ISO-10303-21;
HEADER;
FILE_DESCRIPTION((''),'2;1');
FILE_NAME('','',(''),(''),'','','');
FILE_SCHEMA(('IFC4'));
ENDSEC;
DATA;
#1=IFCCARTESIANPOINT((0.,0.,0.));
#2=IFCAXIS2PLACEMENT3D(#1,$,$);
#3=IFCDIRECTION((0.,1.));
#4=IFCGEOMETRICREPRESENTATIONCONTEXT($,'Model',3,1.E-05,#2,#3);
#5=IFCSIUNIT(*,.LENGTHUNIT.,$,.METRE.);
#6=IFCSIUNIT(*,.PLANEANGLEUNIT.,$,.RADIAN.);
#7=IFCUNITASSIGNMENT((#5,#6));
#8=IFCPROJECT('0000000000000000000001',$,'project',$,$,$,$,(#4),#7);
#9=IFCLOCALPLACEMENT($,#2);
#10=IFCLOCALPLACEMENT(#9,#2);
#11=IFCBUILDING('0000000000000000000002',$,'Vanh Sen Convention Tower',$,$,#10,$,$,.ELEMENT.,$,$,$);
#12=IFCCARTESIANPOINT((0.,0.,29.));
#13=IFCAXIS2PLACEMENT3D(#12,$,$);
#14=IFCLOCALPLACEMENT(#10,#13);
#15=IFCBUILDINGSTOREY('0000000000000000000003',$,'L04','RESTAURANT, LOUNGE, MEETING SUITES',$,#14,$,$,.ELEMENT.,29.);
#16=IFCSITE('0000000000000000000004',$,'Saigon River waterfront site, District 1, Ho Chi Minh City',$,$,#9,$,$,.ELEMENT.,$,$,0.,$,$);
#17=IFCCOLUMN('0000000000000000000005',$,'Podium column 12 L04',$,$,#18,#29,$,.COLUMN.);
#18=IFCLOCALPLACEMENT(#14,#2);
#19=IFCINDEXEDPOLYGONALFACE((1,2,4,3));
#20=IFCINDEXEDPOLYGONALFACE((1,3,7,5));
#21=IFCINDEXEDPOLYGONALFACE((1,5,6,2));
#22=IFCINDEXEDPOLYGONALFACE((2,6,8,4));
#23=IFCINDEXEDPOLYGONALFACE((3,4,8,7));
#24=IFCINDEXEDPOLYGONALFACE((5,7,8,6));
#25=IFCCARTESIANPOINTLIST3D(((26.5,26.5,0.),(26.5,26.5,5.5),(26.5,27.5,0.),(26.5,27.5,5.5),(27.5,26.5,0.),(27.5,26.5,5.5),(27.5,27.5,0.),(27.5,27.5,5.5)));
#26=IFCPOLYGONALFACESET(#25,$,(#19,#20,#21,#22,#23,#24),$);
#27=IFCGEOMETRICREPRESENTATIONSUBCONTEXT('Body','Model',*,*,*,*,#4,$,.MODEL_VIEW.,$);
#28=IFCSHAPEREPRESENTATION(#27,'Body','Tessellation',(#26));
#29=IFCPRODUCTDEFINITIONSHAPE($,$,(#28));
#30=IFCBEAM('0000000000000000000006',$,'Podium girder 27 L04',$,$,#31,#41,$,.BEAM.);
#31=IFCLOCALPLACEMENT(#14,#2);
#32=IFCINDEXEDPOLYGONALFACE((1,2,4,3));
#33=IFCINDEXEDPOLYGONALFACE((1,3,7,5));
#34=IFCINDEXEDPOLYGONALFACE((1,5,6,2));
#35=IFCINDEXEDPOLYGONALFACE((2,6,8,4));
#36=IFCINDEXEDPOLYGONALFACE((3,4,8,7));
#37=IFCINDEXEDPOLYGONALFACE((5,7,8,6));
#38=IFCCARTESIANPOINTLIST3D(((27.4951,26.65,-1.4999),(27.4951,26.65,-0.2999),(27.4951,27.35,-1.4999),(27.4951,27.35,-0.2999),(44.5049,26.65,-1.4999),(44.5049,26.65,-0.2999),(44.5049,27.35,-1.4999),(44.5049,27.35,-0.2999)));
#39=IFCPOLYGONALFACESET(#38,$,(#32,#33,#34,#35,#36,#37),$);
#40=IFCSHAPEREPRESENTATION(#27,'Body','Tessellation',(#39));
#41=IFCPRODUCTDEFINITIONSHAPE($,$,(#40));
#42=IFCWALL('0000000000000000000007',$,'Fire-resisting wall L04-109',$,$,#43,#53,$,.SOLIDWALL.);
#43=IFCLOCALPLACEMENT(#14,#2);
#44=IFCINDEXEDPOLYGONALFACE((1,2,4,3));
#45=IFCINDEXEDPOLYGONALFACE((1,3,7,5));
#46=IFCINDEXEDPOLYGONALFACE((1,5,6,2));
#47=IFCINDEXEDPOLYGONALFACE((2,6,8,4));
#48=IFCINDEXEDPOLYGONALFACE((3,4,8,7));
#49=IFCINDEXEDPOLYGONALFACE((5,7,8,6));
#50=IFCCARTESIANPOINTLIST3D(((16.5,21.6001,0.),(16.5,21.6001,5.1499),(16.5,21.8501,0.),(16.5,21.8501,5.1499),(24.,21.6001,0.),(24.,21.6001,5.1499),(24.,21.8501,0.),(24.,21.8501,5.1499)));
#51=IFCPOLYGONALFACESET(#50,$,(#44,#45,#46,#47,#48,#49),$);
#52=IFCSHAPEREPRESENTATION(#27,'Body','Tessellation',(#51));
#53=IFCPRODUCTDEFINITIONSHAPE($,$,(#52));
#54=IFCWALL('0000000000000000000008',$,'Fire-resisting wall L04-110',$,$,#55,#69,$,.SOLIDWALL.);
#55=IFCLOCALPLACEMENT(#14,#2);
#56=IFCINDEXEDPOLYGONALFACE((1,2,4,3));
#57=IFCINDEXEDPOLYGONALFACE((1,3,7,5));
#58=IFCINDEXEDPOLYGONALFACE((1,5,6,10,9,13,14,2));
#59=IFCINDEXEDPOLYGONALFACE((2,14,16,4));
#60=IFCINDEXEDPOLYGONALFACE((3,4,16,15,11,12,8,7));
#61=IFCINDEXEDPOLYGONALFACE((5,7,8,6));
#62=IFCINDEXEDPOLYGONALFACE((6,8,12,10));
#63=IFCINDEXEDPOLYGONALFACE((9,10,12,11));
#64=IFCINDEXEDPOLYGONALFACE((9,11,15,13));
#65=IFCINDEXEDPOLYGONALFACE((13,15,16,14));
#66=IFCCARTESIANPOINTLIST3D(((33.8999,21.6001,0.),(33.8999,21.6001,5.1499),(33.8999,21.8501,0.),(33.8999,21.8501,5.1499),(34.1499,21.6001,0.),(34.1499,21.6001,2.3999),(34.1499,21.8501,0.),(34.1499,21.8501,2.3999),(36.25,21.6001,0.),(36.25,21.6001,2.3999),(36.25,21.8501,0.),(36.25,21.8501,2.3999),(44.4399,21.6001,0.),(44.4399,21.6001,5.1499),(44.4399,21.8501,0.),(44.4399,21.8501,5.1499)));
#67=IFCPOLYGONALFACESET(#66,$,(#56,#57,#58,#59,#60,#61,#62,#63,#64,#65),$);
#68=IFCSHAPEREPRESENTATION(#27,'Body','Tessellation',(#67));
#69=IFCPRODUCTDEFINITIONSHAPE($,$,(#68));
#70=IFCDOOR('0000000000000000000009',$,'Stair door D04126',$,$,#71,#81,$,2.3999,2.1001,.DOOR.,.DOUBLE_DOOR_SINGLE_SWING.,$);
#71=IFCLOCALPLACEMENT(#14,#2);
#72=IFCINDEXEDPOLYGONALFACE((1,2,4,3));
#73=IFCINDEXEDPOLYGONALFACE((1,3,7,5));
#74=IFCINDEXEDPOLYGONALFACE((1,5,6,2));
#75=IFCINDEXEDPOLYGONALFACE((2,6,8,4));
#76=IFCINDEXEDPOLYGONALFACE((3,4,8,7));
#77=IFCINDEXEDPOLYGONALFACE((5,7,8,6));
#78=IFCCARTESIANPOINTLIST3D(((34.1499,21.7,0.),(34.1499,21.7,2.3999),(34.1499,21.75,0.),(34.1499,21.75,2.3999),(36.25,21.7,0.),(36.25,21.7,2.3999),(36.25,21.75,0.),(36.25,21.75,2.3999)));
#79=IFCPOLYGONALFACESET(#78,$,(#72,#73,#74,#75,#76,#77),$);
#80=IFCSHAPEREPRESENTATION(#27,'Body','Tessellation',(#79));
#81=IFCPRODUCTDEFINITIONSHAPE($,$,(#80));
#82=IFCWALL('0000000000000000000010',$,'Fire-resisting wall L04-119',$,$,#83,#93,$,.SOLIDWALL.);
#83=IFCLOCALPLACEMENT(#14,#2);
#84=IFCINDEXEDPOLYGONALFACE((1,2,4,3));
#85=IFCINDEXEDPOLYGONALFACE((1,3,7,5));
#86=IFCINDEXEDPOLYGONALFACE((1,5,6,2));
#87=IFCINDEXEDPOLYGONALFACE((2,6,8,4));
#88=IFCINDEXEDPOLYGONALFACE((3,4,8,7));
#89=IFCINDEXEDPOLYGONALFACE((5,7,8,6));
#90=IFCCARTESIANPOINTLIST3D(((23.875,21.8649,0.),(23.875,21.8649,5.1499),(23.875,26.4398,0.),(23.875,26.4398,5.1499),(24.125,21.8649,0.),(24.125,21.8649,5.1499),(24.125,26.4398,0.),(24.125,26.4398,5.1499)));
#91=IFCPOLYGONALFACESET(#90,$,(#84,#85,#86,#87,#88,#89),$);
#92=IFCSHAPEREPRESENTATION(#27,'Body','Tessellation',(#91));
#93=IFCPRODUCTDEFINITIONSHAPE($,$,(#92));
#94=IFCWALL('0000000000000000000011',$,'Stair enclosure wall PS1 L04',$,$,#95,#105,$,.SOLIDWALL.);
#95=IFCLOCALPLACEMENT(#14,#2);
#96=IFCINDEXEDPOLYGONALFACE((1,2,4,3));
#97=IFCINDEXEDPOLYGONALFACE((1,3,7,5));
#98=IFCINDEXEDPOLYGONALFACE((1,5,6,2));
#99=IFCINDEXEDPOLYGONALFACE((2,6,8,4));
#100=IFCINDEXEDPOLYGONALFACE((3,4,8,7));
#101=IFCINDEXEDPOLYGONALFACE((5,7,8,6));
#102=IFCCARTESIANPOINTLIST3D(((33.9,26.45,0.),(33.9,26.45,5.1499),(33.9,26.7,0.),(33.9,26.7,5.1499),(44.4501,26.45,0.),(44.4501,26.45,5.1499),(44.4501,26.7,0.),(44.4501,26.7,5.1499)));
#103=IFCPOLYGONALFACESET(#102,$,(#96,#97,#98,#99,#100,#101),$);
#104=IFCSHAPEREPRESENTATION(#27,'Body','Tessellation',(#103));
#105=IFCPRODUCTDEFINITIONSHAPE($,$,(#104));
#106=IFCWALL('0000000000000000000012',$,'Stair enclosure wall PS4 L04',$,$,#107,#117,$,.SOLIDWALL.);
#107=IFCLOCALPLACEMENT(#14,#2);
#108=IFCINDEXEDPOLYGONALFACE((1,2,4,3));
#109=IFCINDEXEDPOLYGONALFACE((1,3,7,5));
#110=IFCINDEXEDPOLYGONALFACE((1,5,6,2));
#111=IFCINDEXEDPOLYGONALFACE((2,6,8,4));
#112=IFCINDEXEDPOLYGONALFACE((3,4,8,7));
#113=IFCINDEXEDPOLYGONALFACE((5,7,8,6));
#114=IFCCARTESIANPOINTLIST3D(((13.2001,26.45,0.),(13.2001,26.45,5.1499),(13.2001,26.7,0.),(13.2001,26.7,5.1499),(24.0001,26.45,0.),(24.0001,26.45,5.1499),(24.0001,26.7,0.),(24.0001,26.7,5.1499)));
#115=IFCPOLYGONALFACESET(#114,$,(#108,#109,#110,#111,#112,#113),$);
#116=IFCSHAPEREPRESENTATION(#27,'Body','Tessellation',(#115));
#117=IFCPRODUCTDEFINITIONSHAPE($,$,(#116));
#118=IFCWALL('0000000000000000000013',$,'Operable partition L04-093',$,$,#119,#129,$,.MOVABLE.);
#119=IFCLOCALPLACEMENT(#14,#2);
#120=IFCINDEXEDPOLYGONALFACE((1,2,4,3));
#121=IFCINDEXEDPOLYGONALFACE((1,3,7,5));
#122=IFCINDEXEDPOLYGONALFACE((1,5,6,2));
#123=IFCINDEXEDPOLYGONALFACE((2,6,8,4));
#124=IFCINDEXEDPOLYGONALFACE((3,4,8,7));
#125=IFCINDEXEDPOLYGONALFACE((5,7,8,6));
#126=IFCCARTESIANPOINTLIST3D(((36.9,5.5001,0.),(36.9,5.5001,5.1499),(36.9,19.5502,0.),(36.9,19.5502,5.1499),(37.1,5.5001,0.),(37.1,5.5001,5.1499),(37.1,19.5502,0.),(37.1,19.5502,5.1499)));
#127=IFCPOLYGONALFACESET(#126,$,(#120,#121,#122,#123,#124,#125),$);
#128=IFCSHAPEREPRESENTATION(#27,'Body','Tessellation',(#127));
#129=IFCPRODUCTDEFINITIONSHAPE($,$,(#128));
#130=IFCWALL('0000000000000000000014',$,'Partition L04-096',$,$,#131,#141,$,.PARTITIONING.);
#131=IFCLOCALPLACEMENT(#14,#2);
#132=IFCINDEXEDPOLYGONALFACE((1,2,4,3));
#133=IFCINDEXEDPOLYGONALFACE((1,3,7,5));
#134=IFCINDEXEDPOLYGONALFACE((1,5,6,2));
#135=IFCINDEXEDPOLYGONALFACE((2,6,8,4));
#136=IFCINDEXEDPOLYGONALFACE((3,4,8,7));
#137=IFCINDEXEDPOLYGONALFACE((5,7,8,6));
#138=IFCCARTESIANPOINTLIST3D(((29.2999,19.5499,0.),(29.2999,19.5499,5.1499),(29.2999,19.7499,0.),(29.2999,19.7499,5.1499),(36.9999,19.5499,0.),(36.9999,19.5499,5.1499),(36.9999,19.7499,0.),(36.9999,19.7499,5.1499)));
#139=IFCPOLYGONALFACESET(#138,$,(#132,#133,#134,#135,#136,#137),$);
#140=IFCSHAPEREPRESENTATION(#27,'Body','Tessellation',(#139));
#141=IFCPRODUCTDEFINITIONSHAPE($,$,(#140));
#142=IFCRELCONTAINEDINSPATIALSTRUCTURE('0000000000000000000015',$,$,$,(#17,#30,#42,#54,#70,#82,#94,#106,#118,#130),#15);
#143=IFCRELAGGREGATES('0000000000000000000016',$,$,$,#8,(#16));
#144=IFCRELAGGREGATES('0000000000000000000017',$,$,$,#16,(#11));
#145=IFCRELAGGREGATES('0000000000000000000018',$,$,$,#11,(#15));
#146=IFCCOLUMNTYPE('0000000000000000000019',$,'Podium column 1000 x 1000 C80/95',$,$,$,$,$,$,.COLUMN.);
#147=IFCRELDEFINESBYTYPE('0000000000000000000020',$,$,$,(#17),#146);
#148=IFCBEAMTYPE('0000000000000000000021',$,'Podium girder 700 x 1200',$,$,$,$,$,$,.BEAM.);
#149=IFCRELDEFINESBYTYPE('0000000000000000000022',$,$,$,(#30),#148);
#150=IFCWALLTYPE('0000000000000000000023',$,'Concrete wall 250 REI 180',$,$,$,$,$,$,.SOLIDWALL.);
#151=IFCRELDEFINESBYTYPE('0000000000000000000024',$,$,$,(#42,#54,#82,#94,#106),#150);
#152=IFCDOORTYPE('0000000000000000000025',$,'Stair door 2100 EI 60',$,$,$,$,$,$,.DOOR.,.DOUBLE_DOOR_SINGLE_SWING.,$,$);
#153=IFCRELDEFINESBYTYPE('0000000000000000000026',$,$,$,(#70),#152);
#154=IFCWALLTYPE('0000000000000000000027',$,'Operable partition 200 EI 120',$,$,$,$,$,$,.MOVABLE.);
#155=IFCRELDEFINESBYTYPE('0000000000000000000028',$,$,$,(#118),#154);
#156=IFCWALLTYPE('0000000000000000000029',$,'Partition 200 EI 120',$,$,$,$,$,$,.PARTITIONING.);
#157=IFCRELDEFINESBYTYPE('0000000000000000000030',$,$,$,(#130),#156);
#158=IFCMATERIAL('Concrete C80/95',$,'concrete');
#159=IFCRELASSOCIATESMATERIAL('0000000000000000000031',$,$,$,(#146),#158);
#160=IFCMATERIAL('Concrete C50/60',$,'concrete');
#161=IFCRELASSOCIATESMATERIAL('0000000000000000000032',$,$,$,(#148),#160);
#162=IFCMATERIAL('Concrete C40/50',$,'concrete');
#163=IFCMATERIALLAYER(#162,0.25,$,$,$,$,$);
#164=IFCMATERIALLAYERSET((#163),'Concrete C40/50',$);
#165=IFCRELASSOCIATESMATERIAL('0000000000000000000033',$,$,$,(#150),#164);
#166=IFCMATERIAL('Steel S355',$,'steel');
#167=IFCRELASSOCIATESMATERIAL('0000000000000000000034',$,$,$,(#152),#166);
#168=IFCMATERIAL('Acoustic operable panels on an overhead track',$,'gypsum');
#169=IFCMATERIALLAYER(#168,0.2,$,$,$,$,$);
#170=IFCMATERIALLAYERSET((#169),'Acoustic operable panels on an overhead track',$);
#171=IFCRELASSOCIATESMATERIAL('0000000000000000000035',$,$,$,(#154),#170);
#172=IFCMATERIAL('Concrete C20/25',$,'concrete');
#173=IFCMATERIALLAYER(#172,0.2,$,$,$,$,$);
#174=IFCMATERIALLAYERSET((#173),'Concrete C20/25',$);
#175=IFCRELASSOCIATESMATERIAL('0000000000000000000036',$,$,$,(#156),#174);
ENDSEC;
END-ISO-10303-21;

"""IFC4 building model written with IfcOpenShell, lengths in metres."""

from ifc_helpers import new_model, si_unit, direction, frame, frame_2d, origin, origin_2d, place, context, subcontext, project, spatial, rectangle, extrude, material, layer, layer_set, material_profile, profile_set, type_object, element, fill, save


model = new_model("IFC4")

# Units and contexts
model_context = context("Model", 3, precision=1e-05, world=origin(), true_north=direction((0.0, 1.0)))
body_context = subcontext(model_context, "Body", "Model", "MODEL_VIEW")
ifc_project = project(units=[si_unit("LENGTHUNIT", "METRE"), si_unit("PLANEANGLEUNIT", "RADIAN")], contexts=[model_context])

# Site, building, storey
site_placement = place(None, origin())
site = spatial("IfcSite", under=ifc_project, at=site_placement, Name="Saigon River waterfront site, District 1, Ho Chi Minh City", CompositionType="ELEMENT", RefElevation=0.0)
building_placement = place(site_placement, origin())
building = spatial("IfcBuilding", under=site, at=building_placement, Name="Vanh Sen Convention Tower", CompositionType="ELEMENT")
storey_placement = place(building_placement, frame((0.0, 0.0, 29.0)))
storey = spatial("IfcBuildingStorey", under=building, at=storey_placement, Name="L04", Description="RESTAURANT, LOUNGE, MEETING SUITES", CompositionType="ELEMENT", Elevation=29.0)

# Column
ifc_material_1 = material(Name="Concrete C80/95", Category="concrete")
ifc_material_profile_1 = material_profile(ifc_material_1, rectangle(XDim=1.0, YDim=1.0, at=origin_2d()), Name="RC 1000X1000")
ifc_profile_set_1 = profile_set([ifc_material_profile_1], Name="Concrete C80/95")
column_type = type_object("IfcColumnType", Name="Podium column 1000 x 1000 C80/95", PredefinedType="COLUMN", material=ifc_profile_set_1)
column_placement = place(storey_placement, frame((27.0, 27.0, 0.0), z_axis=(0.0, 0.0, 1.0), x_axis=(1.0, 0.0, 0.0)))
element("IfcColumn", 1, at=column_placement, inside=storey, type_object=column_type, Name="Podium column 12 L04", PredefinedType="COLUMN", context=body_context, shape_type="SweptSolid", body=[
    extrude(rectangle(XDim=1.0, YDim=1.0, at=origin_2d()), origin(), (0.0, 0.0, 1.0), 5.5),
])

# Beam
ifc_material_2 = material(Name="Concrete C50/60", Category="concrete")
ifc_material_profile_2 = material_profile(ifc_material_2, rectangle(XDim=0.7, YDim=1.2, at=origin_2d()), Name="RC 700X1200")
ifc_profile_set_2 = profile_set([ifc_material_profile_2], Name="Concrete C50/60")
beam_type = type_object("IfcBeamType", Name="Podium girder 700 x 1200", PredefinedType="BEAM", material=ifc_profile_set_2)
beam_placement = place(storey_placement, frame((27.4951, 27.0, -0.8999), z_axis=(1.0, 0.0, 0.0), x_axis=(0.0, 1.0, 0.0)))
element("IfcBeam", 2, at=beam_placement, inside=storey, type_object=beam_type, Name="Podium girder 27 L04", PredefinedType="BEAM", context=body_context, shape_type="SweptSolid", body=[
    extrude(rectangle(XDim=0.7, YDim=1.2, at=origin_2d()), origin(), (0.0, 0.0, 1.0), 17.0098),
])

# Wall
ifc_material_3 = material(Name="Concrete C40/50", Category="concrete")
ifc_layer_1 = layer(ifc_material_3, 0.25)
ifc_layer_set_1 = layer_set([ifc_layer_1], Name="Concrete C40/50")
wall_type_1 = type_object("IfcWallType", Name="Concrete wall 250 REI 180", PredefinedType="SOLIDWALL", material=ifc_layer_set_1)
wall_1_placement = place(storey_placement, frame((24.0, 21.7251, 0.0), z_axis=(0.0, 0.0, 1.0), x_axis=(-1.0, 0.0, 0.0)))
element("IfcWall", 3, at=wall_1_placement, inside=storey, type_object=wall_type_1, Name="Fire-resisting wall L04-109", PredefinedType="SOLIDWALL", context=body_context, shape_type="SweptSolid", body=[
    extrude(rectangle(XDim=7.5, YDim=0.25, at=frame_2d((3.75, 0.0))), origin(), (0.0, 0.0, 1.0), 5.1499),
])

# Wall, opening, door
wall_2_placement = place(storey_placement, frame((44.4399, 21.7251, 0.0), z_axis=(0.0, 0.0, 1.0), x_axis=(-1.0, 0.0, 0.0)))
wall_2 = element("IfcWall", 4, at=wall_2_placement, inside=storey, type_object=wall_type_1, Name="Fire-resisting wall L04-110", PredefinedType="SOLIDWALL", context=body_context, shape_type="SweptSolid", body=[
    extrude(rectangle(XDim=10.54, YDim=0.25, at=frame_2d((5.27, 0.0))), origin(), (0.0, 0.0, 1.0), 5.1499),
])
opening_1_placement = place(wall_2_placement, frame((8.1899, 0.0, 0.0)))
opening_1 = element("IfcOpeningElement", 5, at=opening_1_placement, cuts=wall_2, PredefinedType="OPENING", context=body_context, shape_type="SweptSolid", body=[
    extrude(rectangle(XDim=2.1001, YDim=2.3999, at=frame_2d((1.05, 1.2))), frame((0.0, 0.135, 0.0), z_axis=(0.0, -1.0, 0.0), x_axis=(1.0, 0.0, 0.0)), (0.0, 0.0, 1.0), 0.27),
])
ifc_material_4 = material(Name="Steel S355", Category="steel")
door_type = type_object("IfcDoorType", Name="Stair door 2100 EI 60", OperationType="DOUBLE_DOOR_SINGLE_SWING", PredefinedType="DOOR", material=ifc_material_4)
door_placement = place(opening_1_placement, frame((2.1001, 0.0, 0.0), z_axis=(0.0, 0.0, 1.0), x_axis=(-1.0, 0.0, 0.0)))
door = element("IfcDoor", 6, at=door_placement, inside=storey, type_object=door_type, Name="Stair door D04126", OperationType="DOUBLE_DOOR_SINGLE_SWING", OverallHeight=2.3999, OverallWidth=2.1001, PredefinedType="DOOR", context=body_context, shape_type="SweptSolid", body=[
    extrude(rectangle(XDim=2.1001, YDim=2.3999, at=frame_2d((1.05, 1.2))), frame((0.0, 0.0249, 0.0), z_axis=(0.0, -1.0, 0.0), x_axis=(1.0, 0.0, 0.0)), (0.0, 0.0, 1.0), 0.05),
])
fill(opening_1, door)

# Walls
wall_3_placement = place(storey_placement, frame((24.0, 26.4399, 0.0), z_axis=(0.0, 0.0, 1.0), x_axis=(0.0, -1.0, 0.0)))
element("IfcWall", 7, at=wall_3_placement, inside=storey, type_object=wall_type_1, Name="Fire-resisting wall L04-119", PredefinedType="SOLIDWALL", context=body_context, shape_type="SweptSolid", body=[
    extrude(rectangle(XDim=4.575, YDim=0.25, at=frame_2d((2.2876, 0.0))), origin(), (0.0, 0.0, 1.0), 5.1499),
])
wall_4_placement = place(storey_placement, frame((44.45, 26.575, 0.0), z_axis=(0.0, 0.0, 1.0), x_axis=(-1.0, 0.0, 0.0)))
element("IfcWall", 8, at=wall_4_placement, inside=storey, type_object=wall_type_1, Name="Stair enclosure wall PS1 L04", PredefinedType="SOLIDWALL", context=body_context, shape_type="SweptSolid", body=[
    extrude(rectangle(XDim=10.55, YDim=0.25, at=frame_2d((5.2749, 0.0))), origin(), (0.0, 0.0, 1.0), 5.1499),
])
wall_5_placement = place(storey_placement, frame((24.0, 26.575, 0.0), z_axis=(0.0, 0.0, 1.0), x_axis=(-1.0, 0.0, 0.0)))
element("IfcWall", 9, at=wall_5_placement, inside=storey, type_object=wall_type_1, Name="Stair enclosure wall PS4 L04", PredefinedType="SOLIDWALL", context=body_context, shape_type="SweptSolid", body=[
    extrude(rectangle(XDim=10.8, YDim=0.25, at=frame_2d((5.3999, 0.0))), origin(), (0.0, 0.0, 1.0), 5.1499),
])
ifc_material_5 = material(Name="Acoustic operable panels on an overhead track", Category="gypsum")
ifc_layer_2 = layer(ifc_material_5, 0.2)
ifc_layer_set_2 = layer_set([ifc_layer_2], Name="Acoustic operable panels on an overhead track")
wall_type_2 = type_object("IfcWallType", Name="Operable partition 200 EI 120", PredefinedType="MOVABLE", material=ifc_layer_set_2)
wall_6_placement = place(storey_placement, frame((37.0, 19.55, 0.0), z_axis=(0.0, 0.0, 1.0), x_axis=(0.0, -1.0, 0.0)))
element("IfcWall", 10, at=wall_6_placement, inside=storey, type_object=wall_type_2, Name="Operable partition L04-093", PredefinedType="MOVABLE", context=body_context, shape_type="SweptSolid", body=[
    extrude(rectangle(XDim=14.05, YDim=0.2, at=frame_2d((7.0249, 0.0))), origin(), (0.0, 0.0, 1.0), 5.1499),
])
ifc_material_6 = material(Name="Concrete C20/25", Category="concrete")
ifc_layer_3 = layer(ifc_material_6, 0.2)
ifc_layer_set_3 = layer_set([ifc_layer_3], Name="Concrete C20/25")
wall_type_3 = type_object("IfcWallType", Name="Partition 200 EI 120", PredefinedType="PARTITIONING", material=ifc_layer_set_3)
wall_7_placement = place(storey_placement, frame((37.0, 19.6499, 0.0), z_axis=(0.0, 0.0, 1.0), x_axis=(-1.0, 0.0, 0.0)))
element("IfcWall", 11, at=wall_7_placement, inside=storey, type_object=wall_type_3, Name="Partition L04-096", PredefinedType="PARTITIONING", context=body_context, shape_type="SweptSolid", body=[
    extrude(rectangle(XDim=7.7, YDim=0.2, at=frame_2d((3.8501, 0.0))), origin(), (0.0, 0.0, 1.0), 5.1499),
])

save(model, "model.ifc")
